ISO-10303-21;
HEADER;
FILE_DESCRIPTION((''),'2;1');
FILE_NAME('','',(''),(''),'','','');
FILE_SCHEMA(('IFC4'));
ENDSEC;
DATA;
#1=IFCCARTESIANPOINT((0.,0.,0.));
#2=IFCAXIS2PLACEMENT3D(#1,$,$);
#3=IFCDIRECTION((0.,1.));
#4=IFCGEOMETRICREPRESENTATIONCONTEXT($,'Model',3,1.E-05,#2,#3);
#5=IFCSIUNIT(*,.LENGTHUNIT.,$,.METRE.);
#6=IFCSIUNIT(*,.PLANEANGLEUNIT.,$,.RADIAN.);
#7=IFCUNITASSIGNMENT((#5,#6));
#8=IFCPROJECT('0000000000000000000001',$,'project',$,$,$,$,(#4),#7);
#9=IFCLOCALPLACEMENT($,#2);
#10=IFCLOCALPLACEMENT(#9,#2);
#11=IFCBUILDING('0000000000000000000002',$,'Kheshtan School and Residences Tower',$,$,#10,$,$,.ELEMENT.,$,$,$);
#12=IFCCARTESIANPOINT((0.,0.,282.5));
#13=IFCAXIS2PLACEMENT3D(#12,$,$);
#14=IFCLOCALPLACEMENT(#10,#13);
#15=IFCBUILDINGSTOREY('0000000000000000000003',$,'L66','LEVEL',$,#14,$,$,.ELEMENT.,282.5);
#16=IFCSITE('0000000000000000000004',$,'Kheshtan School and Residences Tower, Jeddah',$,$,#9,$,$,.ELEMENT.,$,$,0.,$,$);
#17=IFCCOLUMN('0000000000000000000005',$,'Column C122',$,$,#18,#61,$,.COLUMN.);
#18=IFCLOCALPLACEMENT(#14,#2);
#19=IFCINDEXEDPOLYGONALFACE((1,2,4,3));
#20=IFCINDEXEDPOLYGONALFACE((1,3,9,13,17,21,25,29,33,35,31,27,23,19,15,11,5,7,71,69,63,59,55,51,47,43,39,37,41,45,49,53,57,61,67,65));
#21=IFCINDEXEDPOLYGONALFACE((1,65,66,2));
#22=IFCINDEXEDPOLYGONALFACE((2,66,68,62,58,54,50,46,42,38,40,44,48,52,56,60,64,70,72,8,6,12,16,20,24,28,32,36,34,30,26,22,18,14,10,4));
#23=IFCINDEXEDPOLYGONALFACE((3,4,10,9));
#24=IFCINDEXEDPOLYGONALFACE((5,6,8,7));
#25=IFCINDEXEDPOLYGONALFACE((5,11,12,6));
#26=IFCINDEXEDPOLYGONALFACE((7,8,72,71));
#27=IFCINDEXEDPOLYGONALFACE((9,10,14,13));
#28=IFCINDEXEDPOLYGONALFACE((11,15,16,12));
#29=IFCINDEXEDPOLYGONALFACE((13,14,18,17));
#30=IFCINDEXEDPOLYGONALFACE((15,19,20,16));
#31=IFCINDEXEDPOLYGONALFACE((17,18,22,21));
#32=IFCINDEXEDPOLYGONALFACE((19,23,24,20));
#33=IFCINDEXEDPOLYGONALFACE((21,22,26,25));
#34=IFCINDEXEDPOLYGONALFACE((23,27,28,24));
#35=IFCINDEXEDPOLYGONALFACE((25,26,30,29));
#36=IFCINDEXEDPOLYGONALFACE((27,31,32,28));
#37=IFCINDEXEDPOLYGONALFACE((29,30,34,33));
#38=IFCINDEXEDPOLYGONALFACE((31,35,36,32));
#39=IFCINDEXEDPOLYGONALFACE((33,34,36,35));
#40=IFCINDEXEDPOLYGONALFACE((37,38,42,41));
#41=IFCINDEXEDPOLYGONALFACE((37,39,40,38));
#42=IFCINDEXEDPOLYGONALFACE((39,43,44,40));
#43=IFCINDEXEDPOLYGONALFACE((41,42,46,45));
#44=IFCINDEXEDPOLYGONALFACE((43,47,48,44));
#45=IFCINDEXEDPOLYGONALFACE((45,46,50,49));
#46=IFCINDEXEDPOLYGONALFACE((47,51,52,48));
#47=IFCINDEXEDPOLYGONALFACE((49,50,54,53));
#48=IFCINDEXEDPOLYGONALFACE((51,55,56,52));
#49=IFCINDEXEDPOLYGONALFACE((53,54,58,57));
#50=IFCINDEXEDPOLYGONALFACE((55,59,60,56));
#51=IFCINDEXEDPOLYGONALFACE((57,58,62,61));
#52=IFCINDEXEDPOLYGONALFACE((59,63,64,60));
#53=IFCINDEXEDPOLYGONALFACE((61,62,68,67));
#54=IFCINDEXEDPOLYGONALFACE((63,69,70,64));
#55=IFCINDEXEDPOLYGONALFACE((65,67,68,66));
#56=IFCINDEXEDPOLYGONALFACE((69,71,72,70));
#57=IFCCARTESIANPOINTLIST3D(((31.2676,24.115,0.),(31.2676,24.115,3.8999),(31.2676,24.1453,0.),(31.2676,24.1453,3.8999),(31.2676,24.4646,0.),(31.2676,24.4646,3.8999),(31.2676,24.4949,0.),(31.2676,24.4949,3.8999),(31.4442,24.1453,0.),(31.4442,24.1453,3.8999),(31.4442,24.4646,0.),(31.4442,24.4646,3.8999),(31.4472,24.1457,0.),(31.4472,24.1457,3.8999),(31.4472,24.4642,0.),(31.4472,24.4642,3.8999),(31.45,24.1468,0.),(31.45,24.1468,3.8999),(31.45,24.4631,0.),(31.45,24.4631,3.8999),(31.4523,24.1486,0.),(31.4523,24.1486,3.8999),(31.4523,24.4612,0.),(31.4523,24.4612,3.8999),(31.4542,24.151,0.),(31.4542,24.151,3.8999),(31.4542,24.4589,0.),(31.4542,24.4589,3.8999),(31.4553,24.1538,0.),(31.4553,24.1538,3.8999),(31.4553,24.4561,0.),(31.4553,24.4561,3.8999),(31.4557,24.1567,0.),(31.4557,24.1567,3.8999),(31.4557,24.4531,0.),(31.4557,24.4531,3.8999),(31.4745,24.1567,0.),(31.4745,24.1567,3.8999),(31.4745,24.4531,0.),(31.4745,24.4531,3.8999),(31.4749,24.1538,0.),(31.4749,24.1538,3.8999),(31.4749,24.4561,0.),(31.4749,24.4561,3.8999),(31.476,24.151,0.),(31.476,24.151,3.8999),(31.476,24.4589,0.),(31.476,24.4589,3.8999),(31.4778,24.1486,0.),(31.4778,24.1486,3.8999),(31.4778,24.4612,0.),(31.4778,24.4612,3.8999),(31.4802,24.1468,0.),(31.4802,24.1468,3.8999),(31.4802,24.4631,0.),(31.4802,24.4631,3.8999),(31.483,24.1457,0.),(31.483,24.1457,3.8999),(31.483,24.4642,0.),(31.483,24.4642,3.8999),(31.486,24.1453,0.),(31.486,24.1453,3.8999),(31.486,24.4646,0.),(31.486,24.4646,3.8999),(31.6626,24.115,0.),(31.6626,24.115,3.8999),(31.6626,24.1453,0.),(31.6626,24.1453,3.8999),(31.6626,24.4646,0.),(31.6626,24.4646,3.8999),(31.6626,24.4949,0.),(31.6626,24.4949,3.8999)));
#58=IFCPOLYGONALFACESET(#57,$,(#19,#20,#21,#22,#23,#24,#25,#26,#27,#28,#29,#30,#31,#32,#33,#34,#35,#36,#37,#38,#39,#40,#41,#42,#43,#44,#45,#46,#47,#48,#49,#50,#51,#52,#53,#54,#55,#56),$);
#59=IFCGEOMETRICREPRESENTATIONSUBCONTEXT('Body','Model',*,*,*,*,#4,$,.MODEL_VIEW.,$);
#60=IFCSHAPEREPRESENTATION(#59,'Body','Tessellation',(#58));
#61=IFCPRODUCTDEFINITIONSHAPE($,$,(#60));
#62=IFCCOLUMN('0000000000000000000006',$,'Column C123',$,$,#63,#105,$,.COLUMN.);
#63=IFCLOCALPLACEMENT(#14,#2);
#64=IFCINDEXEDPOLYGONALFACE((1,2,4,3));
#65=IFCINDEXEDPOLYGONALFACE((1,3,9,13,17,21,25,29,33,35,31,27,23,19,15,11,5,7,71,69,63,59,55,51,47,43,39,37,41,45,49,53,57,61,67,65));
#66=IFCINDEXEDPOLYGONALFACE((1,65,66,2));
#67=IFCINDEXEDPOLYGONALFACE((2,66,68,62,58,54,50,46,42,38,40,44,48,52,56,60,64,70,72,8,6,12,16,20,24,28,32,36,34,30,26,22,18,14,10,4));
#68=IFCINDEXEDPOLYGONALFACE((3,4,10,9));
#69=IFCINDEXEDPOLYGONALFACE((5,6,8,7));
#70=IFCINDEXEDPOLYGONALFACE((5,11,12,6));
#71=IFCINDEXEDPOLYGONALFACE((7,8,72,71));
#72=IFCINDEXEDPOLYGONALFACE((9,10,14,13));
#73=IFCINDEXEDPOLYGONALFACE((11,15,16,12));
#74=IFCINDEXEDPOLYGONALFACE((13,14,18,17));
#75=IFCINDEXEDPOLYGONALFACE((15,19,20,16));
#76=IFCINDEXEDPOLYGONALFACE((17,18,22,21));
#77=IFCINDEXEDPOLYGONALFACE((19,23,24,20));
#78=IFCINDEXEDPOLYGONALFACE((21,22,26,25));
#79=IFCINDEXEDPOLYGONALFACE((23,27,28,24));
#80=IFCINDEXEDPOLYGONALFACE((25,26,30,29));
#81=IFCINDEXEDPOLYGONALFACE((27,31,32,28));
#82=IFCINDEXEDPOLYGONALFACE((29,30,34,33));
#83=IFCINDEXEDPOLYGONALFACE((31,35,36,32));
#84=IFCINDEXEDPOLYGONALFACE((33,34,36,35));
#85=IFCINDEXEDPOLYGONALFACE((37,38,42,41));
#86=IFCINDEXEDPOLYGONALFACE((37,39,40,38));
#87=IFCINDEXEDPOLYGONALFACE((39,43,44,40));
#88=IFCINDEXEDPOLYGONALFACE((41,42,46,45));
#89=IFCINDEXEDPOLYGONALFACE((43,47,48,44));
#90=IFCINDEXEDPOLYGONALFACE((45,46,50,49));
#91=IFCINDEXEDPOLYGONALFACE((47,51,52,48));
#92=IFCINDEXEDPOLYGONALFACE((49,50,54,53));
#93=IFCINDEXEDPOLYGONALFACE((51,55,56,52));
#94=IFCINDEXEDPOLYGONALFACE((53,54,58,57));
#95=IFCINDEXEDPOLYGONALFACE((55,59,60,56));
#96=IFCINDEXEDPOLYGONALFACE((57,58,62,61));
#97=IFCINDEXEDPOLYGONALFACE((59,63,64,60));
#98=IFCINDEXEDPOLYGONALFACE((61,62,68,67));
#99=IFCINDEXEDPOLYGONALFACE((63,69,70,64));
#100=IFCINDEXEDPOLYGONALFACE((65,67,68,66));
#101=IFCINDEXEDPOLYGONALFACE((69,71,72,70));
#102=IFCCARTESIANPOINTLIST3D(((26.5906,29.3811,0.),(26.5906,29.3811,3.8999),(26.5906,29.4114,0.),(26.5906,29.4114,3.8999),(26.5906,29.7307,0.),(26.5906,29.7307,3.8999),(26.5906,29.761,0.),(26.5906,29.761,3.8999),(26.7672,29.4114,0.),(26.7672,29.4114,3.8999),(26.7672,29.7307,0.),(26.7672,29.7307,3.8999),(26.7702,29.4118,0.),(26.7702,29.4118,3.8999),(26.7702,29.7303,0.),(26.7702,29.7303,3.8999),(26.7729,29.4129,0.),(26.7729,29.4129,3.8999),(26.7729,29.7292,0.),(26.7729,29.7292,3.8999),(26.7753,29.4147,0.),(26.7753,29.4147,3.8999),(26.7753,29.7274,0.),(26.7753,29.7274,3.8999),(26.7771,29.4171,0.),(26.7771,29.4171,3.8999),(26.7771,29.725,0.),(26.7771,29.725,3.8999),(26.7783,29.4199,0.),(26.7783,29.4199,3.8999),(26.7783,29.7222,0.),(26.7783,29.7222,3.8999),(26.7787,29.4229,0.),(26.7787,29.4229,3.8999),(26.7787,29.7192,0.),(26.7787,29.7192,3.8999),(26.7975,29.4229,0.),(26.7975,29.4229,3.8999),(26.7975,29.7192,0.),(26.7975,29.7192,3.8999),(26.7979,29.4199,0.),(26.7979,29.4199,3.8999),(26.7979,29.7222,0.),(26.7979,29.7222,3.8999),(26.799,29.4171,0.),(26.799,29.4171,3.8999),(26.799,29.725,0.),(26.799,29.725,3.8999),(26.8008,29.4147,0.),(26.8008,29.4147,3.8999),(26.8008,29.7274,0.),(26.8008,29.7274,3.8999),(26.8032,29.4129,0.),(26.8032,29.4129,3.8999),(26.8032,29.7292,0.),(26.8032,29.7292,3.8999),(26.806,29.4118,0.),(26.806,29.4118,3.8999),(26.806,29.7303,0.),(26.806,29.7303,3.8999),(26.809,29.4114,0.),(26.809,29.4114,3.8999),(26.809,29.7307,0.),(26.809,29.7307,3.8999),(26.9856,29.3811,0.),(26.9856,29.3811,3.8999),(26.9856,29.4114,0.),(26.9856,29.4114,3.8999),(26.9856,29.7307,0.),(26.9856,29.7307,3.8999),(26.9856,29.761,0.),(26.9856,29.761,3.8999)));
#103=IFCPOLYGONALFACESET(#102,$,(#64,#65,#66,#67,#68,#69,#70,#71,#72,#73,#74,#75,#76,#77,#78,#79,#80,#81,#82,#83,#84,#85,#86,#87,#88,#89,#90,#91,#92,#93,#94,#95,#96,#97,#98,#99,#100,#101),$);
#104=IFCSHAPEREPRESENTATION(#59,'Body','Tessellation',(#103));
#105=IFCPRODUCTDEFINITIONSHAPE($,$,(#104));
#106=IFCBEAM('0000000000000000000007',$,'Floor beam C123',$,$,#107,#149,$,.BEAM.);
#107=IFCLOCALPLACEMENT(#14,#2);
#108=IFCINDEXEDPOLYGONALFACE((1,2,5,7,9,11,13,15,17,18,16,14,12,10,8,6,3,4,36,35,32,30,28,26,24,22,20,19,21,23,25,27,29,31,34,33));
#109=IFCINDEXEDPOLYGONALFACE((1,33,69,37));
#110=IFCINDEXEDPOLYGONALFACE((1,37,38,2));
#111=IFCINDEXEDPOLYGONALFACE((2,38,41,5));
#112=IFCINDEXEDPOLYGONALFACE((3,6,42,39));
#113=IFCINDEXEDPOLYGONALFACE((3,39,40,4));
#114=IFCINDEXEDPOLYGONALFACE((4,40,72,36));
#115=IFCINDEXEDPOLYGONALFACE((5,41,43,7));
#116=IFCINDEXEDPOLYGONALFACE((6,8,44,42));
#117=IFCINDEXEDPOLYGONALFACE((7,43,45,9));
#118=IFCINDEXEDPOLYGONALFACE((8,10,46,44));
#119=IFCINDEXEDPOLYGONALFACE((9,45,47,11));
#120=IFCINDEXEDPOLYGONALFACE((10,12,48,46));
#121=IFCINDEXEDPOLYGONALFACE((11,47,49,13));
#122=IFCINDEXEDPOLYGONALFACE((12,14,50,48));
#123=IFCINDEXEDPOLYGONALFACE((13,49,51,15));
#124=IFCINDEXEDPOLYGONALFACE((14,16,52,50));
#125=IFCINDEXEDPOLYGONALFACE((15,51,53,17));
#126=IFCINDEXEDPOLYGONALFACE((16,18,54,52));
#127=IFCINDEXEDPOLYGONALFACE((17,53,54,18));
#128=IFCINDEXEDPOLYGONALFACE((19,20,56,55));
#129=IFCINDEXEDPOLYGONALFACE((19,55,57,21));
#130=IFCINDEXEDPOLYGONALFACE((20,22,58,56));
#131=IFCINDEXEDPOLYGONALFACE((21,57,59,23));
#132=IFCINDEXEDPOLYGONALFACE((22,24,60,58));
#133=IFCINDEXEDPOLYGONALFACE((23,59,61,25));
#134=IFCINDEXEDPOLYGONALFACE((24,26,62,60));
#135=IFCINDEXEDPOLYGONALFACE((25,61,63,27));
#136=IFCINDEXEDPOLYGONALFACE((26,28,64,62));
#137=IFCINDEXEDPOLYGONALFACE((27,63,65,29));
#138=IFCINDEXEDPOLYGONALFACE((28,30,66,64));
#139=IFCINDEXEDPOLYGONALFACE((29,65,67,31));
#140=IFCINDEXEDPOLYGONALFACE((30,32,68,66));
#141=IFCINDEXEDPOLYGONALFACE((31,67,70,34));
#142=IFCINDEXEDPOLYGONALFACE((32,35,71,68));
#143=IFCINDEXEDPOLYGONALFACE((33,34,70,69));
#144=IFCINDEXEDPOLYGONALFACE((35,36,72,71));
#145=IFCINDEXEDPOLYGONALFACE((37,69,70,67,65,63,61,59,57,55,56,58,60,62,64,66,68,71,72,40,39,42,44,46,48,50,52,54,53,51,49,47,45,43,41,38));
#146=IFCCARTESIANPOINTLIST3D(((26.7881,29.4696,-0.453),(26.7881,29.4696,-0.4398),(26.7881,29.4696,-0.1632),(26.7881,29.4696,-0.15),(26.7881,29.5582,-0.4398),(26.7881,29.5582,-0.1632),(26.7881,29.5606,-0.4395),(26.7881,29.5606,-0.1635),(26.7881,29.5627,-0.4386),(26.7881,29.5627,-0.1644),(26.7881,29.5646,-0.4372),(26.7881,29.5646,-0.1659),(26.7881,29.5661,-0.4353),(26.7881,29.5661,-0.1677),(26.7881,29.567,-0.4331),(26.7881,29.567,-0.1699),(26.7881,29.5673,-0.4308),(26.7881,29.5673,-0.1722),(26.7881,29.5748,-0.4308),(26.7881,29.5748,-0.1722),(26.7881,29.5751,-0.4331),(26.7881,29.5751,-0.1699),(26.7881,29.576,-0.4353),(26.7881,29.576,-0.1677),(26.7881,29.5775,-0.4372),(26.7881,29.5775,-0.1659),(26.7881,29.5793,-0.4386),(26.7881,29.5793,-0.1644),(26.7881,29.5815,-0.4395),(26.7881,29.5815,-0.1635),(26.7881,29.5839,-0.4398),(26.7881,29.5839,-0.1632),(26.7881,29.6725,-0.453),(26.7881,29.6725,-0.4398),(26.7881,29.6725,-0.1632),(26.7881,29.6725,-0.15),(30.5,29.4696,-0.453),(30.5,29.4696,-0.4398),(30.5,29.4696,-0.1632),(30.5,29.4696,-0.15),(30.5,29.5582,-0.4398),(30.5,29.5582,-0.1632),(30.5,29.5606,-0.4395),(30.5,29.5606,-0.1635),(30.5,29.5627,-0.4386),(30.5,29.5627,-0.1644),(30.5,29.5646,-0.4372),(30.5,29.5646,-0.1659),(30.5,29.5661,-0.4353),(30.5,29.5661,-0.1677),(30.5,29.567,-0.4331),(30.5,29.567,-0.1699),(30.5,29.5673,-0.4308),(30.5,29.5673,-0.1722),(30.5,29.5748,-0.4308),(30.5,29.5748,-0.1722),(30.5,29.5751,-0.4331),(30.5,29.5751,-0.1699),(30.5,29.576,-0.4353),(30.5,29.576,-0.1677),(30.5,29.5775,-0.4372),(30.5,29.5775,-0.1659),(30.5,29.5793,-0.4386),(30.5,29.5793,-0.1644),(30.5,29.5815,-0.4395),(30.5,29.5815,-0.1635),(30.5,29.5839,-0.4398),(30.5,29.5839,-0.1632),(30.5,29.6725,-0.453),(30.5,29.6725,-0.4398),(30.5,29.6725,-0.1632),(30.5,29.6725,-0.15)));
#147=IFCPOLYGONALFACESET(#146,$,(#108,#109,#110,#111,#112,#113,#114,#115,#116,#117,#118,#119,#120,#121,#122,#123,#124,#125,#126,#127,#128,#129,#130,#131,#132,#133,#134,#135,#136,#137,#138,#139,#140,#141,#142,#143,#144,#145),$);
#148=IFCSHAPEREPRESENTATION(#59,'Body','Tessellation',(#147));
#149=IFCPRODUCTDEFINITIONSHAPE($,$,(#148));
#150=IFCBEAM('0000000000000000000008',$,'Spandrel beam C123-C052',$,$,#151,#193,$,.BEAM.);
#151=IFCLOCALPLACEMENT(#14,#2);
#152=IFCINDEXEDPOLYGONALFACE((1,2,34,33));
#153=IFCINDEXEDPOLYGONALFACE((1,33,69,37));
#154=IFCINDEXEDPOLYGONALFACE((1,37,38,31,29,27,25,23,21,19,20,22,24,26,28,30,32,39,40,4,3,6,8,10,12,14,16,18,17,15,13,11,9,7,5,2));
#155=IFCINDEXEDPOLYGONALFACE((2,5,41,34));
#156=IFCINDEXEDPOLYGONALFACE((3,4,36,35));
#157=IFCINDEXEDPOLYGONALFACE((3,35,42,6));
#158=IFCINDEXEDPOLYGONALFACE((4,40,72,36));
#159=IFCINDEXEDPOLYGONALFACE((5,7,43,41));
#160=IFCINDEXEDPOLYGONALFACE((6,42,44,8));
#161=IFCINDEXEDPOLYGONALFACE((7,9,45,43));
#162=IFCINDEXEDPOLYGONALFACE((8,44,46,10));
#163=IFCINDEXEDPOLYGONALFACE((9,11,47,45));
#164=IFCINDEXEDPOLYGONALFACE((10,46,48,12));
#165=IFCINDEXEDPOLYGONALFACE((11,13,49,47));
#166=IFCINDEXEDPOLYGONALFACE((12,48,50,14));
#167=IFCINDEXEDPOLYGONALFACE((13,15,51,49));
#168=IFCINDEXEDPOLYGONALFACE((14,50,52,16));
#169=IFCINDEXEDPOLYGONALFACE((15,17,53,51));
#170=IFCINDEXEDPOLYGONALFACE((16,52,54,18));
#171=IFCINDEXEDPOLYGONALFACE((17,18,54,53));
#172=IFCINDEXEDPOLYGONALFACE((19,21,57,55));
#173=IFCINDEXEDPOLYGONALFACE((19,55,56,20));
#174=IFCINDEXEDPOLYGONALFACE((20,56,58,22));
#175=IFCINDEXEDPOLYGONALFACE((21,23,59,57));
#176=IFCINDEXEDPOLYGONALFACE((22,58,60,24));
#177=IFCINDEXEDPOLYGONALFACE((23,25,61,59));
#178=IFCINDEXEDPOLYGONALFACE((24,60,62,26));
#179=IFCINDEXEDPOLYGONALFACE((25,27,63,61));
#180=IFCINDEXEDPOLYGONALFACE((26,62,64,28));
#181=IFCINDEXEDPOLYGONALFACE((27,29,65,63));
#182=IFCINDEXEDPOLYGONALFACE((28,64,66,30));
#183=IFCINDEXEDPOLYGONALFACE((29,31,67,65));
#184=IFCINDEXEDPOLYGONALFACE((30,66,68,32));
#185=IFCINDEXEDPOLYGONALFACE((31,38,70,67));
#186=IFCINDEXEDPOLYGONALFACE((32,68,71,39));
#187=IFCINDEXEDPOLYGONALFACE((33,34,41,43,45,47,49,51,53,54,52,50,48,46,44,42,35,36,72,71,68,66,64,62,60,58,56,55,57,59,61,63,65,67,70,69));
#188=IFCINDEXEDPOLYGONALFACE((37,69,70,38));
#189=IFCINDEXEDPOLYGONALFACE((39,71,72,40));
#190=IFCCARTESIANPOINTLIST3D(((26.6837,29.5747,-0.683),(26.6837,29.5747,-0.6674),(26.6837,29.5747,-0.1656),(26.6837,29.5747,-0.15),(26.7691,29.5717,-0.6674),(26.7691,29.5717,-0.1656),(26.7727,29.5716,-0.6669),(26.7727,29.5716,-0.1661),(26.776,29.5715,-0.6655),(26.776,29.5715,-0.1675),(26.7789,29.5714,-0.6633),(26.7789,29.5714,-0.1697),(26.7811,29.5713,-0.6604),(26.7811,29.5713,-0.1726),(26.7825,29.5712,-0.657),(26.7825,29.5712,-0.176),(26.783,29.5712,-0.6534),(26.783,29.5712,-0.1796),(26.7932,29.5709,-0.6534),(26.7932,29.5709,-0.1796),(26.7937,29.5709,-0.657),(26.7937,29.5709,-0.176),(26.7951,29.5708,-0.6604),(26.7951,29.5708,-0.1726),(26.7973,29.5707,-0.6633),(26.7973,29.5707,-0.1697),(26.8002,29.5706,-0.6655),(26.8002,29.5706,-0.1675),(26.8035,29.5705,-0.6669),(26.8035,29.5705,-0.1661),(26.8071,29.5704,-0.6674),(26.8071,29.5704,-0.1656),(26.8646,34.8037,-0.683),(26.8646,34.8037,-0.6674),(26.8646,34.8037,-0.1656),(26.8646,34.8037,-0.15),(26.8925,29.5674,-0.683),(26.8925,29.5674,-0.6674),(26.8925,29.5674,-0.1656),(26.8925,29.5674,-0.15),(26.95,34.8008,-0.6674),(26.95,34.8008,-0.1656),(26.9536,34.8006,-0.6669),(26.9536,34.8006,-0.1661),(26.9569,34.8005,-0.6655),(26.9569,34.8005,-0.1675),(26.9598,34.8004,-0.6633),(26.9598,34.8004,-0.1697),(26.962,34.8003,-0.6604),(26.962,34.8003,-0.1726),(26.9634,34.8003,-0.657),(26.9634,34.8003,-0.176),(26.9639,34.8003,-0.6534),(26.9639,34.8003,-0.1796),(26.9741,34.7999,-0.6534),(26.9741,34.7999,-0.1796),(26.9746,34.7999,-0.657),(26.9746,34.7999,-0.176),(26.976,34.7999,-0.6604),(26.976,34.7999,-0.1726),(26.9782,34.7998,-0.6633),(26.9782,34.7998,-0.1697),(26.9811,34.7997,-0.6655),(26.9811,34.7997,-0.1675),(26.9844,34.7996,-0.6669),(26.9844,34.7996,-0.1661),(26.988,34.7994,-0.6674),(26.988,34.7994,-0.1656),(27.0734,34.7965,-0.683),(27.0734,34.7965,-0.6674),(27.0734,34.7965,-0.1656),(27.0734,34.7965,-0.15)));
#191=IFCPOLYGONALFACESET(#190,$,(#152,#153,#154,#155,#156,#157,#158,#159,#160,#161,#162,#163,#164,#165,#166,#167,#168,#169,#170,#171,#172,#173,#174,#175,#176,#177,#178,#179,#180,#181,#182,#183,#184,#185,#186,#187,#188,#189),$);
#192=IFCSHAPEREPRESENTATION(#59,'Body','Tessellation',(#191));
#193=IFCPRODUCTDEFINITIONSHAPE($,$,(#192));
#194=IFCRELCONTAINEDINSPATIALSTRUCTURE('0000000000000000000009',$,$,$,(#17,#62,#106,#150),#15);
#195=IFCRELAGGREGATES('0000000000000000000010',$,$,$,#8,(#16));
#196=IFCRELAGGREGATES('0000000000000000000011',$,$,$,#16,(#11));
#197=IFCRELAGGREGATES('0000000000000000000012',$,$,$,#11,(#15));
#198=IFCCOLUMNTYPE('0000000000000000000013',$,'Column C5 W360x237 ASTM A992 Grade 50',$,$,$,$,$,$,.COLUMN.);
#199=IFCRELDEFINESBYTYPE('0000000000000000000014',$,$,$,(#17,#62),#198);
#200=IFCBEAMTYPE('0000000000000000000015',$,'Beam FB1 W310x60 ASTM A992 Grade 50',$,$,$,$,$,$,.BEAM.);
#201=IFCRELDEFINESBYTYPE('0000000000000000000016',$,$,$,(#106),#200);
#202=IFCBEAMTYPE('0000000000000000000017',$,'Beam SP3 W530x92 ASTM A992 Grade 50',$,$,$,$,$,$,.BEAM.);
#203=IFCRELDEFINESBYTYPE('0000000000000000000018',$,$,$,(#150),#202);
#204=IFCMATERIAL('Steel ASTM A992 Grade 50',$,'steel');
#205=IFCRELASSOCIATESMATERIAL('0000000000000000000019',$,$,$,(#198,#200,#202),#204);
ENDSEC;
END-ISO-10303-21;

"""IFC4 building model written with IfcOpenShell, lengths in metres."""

from ifc_helpers import new_model, si_unit, direction, frame, origin, origin_2d, place, context, subcontext, project, spatial, i_section, extrude, material, material_profile, profile_set, type_object, element, save


model = new_model("IFC4")

# Units and contexts
model_context = context("Model", 3, precision=1e-05, world=origin(), true_north=direction((0.0, 1.0)))
body_context = subcontext(model_context, "Body", "Model", "MODEL_VIEW")
ifc_project = project(units=[si_unit("LENGTHUNIT", "METRE"), si_unit("PLANEANGLEUNIT", "RADIAN")], contexts=[model_context])

# Site, building, storey
site_placement = place(None, origin())
site = spatial("IfcSite", under=ifc_project, at=site_placement, Name="Kheshtan School and Residences Tower, Jeddah", CompositionType="ELEMENT", RefElevation=0.0)
building_placement = place(site_placement, origin())
building = spatial("IfcBuilding", under=site, at=building_placement, Name="Kheshtan School and Residences Tower", CompositionType="ELEMENT")
storey_placement = place(building_placement, frame((0.0, 0.0, 282.5)))
storey = spatial("IfcBuildingStorey", under=building, at=storey_placement, Name="L66", Description="LEVEL", CompositionType="ELEMENT", Elevation=282.5)

# Columns
ifc_material_1 = material(Name="Steel ASTM A992 Grade 50", Category="steel")
ifc_material_profile_1 = material_profile(ifc_material_1, i_section(OverallWidth=0.395, OverallDepth=0.3799, WebThickness=0.0188, FlangeThickness=0.0303, FilletRadius=0.0115, at=origin_2d()), Name="W360x237")
ifc_profile_set_1 = profile_set([ifc_material_profile_1], Name="Steel ASTM A992 Grade 50")
column_type = type_object("IfcColumnType", Name="Column C5 W360x237 ASTM A992 Grade 50", PredefinedType="COLUMN", material=ifc_profile_set_1)
for number, where, z_axis, x_axis, name in (
    (1, (31.4651, 24.3049, 0.0), (0.0, 0.0, 1.0), (1.0, 0.0, 0.0), "Column C122"),
    (2, (26.7881, 29.571, 0.0), (0.0, 0.0, 1.0), (1.0, 0.0, 0.0), "Column C123"),
):
    element("IfcColumn", number, at=place(storey_placement, frame(where, z_axis=z_axis, x_axis=x_axis)), inside=storey, type_object=column_type, Name=name, PredefinedType="COLUMN", context=body_context, shape_type="SweptSolid", body=[
        extrude(i_section(OverallWidth=0.395, OverallDepth=0.3799, WebThickness=0.0188, FlangeThickness=0.0303, FilletRadius=0.0115, at=origin_2d()), origin(), (0.0, 0.0, 1.0), 3.8999),
    ])

# Beams
ifc_material_profile_2 = material_profile(ifc_material_1, i_section(OverallWidth=0.2029, OverallDepth=0.303, WebThickness=0.0076, FlangeThickness=0.0132, FilletRadius=0.009, at=origin_2d()), Name="W310x60")
ifc_profile_set_2 = profile_set([ifc_material_profile_2], Name="Steel ASTM A992 Grade 50")
beam_type_1 = type_object("IfcBeamType", Name="Beam FB1 W310x60 ASTM A992 Grade 50", PredefinedType="BEAM", material=ifc_profile_set_2)
beam_1_placement = place(storey_placement, frame((26.7881, 29.571, -0.3015), z_axis=(1.0, 0.0, 0.0), x_axis=(0.0, 1.0, 0.0)))
element("IfcBeam", 3, at=beam_1_placement, inside=storey, type_object=beam_type_1, Name="Floor beam C123", PredefinedType="BEAM", context=body_context, shape_type="SweptSolid", body=[
    extrude(i_section(OverallWidth=0.2029, OverallDepth=0.303, WebThickness=0.0076, FlangeThickness=0.0132, FilletRadius=0.009, at=origin_2d()), origin(), (0.0, 0.0, 1.0), 3.7119),
])
ifc_material_profile_3 = material_profile(ifc_material_1, i_section(OverallWidth=0.209, OverallDepth=0.533, WebThickness=0.0103, FlangeThickness=0.0156, FilletRadius=0.0139, at=origin_2d()), Name="W530x92")
ifc_profile_set_3 = profile_set([ifc_material_profile_3], Name="Steel ASTM A992 Grade 50")
beam_type_2 = type_object("IfcBeamType", Name="Beam SP3 W530x92 ASTM A992 Grade 50", PredefinedType="BEAM", material=ifc_profile_set_3)
beam_2_placement = place(storey_placement, frame((26.7881, 29.571, -0.4165), z_axis=(0.034576, 0.999402, 0.0), x_axis=(-0.999402, 0.034576, 0.0)))
element("IfcBeam", 4, at=beam_2_placement, inside=storey, type_object=beam_type_2, Name="Spandrel beam C123-C052", PredefinedType="BEAM", context=body_context, shape_type="SweptSolid", body=[
    extrude(i_section(OverallWidth=0.209, OverallDepth=0.533, WebThickness=0.0103, FlangeThickness=0.0156, FilletRadius=0.0139, at=origin_2d()), origin(), (0.0, 0.0, 1.0), 5.2322),
])

save(model, "model.ifc")
